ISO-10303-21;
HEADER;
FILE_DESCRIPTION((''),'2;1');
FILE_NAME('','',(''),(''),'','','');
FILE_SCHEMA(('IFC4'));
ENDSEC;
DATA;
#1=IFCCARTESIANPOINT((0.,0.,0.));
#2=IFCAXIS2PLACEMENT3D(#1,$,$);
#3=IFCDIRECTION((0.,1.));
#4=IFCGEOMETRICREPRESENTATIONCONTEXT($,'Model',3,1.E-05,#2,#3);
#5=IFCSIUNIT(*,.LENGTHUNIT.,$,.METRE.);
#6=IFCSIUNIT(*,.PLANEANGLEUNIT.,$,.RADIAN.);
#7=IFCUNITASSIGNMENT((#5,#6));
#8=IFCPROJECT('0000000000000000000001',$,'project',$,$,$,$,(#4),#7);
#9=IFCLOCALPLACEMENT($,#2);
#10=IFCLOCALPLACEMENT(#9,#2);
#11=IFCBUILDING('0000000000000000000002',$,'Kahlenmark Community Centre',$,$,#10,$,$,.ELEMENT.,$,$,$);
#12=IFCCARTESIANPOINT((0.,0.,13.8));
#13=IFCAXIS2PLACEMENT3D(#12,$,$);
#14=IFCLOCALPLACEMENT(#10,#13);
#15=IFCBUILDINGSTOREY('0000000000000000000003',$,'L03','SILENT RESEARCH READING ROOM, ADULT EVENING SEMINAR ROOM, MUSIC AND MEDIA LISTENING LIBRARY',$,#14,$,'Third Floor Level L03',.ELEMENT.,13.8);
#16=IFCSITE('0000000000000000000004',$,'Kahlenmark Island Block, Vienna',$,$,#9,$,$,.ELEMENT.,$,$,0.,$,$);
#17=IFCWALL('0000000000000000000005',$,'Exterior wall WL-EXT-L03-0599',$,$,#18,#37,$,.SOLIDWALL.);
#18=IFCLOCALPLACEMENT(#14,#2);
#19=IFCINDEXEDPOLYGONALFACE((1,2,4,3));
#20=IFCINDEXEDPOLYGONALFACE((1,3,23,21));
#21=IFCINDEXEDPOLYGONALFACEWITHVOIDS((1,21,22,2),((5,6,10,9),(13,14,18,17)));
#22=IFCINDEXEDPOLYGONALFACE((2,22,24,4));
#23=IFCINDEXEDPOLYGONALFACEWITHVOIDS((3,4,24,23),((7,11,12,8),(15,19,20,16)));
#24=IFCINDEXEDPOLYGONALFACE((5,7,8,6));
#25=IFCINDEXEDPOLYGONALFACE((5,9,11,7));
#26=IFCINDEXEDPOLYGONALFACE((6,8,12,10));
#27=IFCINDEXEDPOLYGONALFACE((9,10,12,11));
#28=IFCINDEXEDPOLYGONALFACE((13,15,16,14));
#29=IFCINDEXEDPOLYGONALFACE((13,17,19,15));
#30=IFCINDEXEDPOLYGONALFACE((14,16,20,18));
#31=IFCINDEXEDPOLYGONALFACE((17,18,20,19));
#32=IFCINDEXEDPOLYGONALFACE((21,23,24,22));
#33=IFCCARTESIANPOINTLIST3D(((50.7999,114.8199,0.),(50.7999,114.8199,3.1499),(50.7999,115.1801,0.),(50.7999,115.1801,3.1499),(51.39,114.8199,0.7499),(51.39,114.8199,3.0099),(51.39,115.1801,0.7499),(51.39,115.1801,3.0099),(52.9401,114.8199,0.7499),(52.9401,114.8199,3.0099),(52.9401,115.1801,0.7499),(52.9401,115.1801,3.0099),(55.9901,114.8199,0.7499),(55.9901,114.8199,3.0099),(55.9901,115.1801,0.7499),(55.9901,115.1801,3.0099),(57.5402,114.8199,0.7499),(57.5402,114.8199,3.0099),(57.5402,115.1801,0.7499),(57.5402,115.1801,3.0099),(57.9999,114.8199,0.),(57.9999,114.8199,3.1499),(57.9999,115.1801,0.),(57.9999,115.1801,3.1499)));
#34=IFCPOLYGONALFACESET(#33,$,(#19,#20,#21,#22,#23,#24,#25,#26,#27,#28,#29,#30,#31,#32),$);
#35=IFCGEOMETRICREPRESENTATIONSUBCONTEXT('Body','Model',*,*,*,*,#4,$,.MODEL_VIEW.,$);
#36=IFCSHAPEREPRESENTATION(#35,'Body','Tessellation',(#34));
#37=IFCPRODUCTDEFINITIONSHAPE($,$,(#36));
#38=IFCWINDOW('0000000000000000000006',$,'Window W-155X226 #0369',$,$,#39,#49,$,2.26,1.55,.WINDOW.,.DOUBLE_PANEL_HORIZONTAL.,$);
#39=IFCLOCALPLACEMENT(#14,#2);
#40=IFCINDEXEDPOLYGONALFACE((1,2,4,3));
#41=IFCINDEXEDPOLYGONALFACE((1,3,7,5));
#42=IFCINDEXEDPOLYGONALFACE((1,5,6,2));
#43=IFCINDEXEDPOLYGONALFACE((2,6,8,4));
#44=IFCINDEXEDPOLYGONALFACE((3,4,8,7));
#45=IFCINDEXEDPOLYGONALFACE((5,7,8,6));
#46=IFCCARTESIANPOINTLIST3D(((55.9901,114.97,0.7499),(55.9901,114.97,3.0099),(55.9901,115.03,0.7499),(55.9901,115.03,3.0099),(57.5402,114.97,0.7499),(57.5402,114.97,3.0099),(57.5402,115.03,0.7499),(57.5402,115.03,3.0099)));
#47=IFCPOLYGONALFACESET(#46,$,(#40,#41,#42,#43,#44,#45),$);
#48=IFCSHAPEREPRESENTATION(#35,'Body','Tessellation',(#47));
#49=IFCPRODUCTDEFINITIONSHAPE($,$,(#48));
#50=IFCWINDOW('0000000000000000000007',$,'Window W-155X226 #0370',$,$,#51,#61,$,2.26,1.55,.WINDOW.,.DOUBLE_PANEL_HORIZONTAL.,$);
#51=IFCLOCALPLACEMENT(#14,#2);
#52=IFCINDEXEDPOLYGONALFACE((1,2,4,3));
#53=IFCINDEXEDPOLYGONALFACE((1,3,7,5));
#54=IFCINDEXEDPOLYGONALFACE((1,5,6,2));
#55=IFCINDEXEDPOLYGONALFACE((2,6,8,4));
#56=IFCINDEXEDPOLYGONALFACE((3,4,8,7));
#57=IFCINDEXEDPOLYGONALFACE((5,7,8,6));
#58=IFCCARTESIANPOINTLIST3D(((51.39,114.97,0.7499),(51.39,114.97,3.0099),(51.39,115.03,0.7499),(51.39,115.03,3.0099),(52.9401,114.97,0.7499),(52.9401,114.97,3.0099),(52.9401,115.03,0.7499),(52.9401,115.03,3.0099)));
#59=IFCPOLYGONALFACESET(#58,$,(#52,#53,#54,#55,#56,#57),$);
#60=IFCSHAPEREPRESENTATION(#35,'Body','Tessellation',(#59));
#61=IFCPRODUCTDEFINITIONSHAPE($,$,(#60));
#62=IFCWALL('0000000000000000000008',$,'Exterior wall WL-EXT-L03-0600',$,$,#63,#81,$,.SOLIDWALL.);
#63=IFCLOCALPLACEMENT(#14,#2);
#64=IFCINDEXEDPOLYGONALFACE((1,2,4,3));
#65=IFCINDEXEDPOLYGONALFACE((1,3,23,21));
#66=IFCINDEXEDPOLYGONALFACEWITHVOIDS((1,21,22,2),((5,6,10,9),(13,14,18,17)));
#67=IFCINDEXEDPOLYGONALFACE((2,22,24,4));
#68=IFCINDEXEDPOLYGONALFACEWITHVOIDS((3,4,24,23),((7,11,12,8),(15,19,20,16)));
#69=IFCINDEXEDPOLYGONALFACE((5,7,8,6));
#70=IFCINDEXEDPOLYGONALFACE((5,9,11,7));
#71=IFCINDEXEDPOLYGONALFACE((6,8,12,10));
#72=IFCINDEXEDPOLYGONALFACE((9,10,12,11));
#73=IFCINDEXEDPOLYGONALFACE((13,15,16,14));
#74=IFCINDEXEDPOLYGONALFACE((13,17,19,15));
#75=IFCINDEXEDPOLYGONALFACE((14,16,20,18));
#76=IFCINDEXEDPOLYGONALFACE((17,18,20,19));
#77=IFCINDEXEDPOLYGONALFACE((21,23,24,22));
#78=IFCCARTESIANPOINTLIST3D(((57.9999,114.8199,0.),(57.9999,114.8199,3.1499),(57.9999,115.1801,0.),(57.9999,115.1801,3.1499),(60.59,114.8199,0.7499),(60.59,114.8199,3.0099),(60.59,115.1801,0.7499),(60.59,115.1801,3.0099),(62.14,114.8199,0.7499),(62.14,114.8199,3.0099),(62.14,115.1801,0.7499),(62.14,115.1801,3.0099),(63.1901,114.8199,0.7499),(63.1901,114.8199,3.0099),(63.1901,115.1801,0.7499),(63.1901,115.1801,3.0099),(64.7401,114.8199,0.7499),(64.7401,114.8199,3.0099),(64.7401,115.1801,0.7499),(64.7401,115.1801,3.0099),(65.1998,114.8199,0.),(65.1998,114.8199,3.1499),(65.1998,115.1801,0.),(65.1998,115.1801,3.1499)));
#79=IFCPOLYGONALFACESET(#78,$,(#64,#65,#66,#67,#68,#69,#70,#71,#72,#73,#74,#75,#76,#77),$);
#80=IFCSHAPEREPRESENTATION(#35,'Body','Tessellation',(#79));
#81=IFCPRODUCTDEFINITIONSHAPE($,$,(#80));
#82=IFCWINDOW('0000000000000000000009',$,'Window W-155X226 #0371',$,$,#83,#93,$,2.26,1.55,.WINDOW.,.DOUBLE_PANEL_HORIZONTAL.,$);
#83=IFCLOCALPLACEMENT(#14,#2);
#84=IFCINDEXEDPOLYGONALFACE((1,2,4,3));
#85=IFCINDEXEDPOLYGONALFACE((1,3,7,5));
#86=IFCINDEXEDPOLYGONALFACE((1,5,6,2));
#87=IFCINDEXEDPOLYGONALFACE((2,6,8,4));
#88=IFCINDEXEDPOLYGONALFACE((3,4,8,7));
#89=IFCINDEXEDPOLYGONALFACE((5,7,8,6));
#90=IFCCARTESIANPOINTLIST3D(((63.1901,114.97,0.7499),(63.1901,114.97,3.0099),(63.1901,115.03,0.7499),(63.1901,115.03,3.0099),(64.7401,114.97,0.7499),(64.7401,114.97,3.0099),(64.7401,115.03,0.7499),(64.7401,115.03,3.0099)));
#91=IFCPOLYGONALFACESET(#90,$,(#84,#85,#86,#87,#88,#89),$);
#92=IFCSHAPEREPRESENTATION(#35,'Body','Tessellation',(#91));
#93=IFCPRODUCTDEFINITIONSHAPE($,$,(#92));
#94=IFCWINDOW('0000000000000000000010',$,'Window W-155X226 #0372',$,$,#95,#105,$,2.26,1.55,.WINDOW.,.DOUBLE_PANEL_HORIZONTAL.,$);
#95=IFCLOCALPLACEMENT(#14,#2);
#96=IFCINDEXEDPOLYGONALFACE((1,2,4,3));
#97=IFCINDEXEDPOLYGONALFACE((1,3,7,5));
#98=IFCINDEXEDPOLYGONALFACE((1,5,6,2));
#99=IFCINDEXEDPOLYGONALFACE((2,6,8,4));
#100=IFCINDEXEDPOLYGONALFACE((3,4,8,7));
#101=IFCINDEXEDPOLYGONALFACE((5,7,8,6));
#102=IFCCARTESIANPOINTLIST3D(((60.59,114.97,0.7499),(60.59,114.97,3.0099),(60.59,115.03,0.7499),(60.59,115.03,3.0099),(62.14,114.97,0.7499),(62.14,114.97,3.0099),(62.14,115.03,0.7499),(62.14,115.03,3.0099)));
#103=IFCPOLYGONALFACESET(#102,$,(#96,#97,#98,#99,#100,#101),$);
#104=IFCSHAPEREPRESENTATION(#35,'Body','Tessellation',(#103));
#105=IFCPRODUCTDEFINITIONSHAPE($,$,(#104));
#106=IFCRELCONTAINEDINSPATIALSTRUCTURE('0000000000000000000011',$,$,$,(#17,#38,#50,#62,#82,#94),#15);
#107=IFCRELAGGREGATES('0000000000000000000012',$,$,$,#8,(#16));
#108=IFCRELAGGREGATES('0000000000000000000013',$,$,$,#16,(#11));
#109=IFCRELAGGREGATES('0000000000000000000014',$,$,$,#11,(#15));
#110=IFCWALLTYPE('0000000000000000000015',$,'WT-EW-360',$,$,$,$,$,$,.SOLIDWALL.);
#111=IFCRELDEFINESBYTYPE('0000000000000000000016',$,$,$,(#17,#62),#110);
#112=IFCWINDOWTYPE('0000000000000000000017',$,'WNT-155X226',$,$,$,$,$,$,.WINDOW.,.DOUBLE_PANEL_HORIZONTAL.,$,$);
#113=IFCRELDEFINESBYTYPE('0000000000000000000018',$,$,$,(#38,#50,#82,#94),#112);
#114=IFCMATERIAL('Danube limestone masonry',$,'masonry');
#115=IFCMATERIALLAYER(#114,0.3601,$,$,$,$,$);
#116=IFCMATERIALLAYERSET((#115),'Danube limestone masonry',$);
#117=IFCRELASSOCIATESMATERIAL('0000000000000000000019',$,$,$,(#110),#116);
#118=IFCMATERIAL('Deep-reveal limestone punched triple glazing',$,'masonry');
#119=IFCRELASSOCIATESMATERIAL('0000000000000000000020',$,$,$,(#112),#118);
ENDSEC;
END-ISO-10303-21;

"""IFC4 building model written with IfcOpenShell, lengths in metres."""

from ifc_helpers import new_model, si_unit, direction, frame, frame_2d, origin, place, context, subcontext, project, spatial, rectangle, extrude, material, layer, layer_set, type_object, element, fill, save


model = new_model("IFC4")

# Units and contexts
model_context = context("Model", 3, precision=1e-05, world=origin(), true_north=direction((0.0, 1.0)))
body_context = subcontext(model_context, "Body", "Model", "MODEL_VIEW")
ifc_project = project(units=[si_unit("LENGTHUNIT", "METRE"), si_unit("PLANEANGLEUNIT", "RADIAN")], contexts=[model_context])

# Site, building, storey
site_placement = place(None, origin())
site = spatial("IfcSite", under=ifc_project, at=site_placement, Name="Kahlenmark Island Block, Vienna", CompositionType="ELEMENT", RefElevation=0.0)
building_placement = place(site_placement, origin())
building = spatial("IfcBuilding", under=site, at=building_placement, Name="Kahlenmark Community Centre", CompositionType="ELEMENT")
storey_placement = place(building_placement, frame((0.0, 0.0, 13.8)))
storey = spatial("IfcBuildingStorey", under=building, at=storey_placement, Name="L03", Description="SILENT RESEARCH READING ROOM, ADULT EVENING SEMINAR ROOM, MUSIC AND MEDIA LISTENING LIBRARY", LongName="Third Floor Level L03", CompositionType="ELEMENT", Elevation=13.8)

# Walls, openings, windows
ifc_material_1 = material(Name="Danube limestone masonry", Category="masonry")
ifc_layer = layer(ifc_material_1, 0.3601)
ifc_layer_set = layer_set([ifc_layer], Name="Danube limestone masonry")
wall_type = type_object("IfcWallType", Name="WT-EW-360", PredefinedType="SOLIDWALL", material=ifc_layer_set)
wall_1_placement = place(storey_placement, frame((58.0, 115.0, 0.0), z_axis=(0.0, 0.0, 1.0), x_axis=(-1.0, 0.0, 0.0)))
wall_1 = element("IfcWall", 1, at=wall_1_placement, inside=storey, type_object=wall_type, Name="Exterior wall WL-EXT-L03-0599", PredefinedType="SOLIDWALL", context=body_context, shape_type="SweptSolid", body=[
    extrude(rectangle(XDim=7.2, YDim=0.3601, at=frame_2d((3.6001, 0.0))), origin(), (0.0, 0.0, 1.0), 3.1499),
])
opening_1_placement = place(wall_1_placement, frame((0.46, 0.0, 0.75)))
opening_1 = element("IfcOpeningElement", 2, at=opening_1_placement, cuts=wall_1, PredefinedType="OPENING", context=body_context, shape_type="SweptSolid", body=[
    extrude(rectangle(XDim=1.55, YDim=2.26, at=frame_2d((0.7749, 1.1299))), frame((0.0, 0.1899, 0.0), z_axis=(0.0, -1.0, 0.0), x_axis=(1.0, 0.0, 0.0)), (0.0, 0.0, 1.0), 0.3801),
])
opening_2_placement = place(wall_1_placement, frame((5.0601, 0.0, 0.75)))
opening_2 = element("IfcOpeningElement", 3, at=opening_2_placement, cuts=wall_1, PredefinedType="OPENING", context=body_context, shape_type="SweptSolid", body=[
    extrude(rectangle(XDim=1.55, YDim=2.26, at=frame_2d((0.7749, 1.1299))), frame((0.0, 0.1899, 0.0), z_axis=(0.0, -1.0, 0.0), x_axis=(1.0, 0.0, 0.0)), (0.0, 0.0, 1.0), 0.3801),
])
ifc_material_2 = material(Name="Deep-reveal limestone punched triple glazing", Category="masonry")
window_type = type_object("IfcWindowType", Name="WNT-155X226", PartitioningType="DOUBLE_PANEL_HORIZONTAL", PredefinedType="WINDOW", material=ifc_material_2)
window_1_placement = place(opening_1_placement, origin())
window_1 = element("IfcWindow", 4, at=window_1_placement, inside=storey, type_object=window_type, Name="Window W-155X226 #0369", OverallHeight=2.26, OverallWidth=1.55, PartitioningType="DOUBLE_PANEL_HORIZONTAL", PredefinedType="WINDOW", context=body_context, shape_type="SweptSolid", body=[
    extrude(rectangle(XDim=1.55, YDim=2.26, at=frame_2d((0.7749, 1.1299))), frame((0.0, 0.03, 0.0), z_axis=(0.0, -1.0, 0.0), x_axis=(1.0, 0.0, 0.0)), (0.0, 0.0, 1.0), 0.0601),
])
fill(opening_1, window_1)
window_2_placement = place(opening_2_placement, origin())
window_2 = element("IfcWindow", 5, at=window_2_placement, inside=storey, type_object=window_type, Name="Window W-155X226 #0370", OverallHeight=2.26, OverallWidth=1.55, PartitioningType="DOUBLE_PANEL_HORIZONTAL", PredefinedType="WINDOW", context=body_context, shape_type="SweptSolid", body=[
    extrude(rectangle(XDim=1.55, YDim=2.26, at=frame_2d((0.7749, 1.1299))), frame((0.0, 0.03, 0.0), z_axis=(0.0, -1.0, 0.0), x_axis=(1.0, 0.0, 0.0)), (0.0, 0.0, 1.0), 0.0601),
])
fill(opening_2, window_2)
wall_2_placement = place(storey_placement, frame((65.2, 115.0, 0.0), z_axis=(0.0, 0.0, 1.0), x_axis=(-1.0, 0.0, 0.0)))
wall_2 = element("IfcWall", 6, at=wall_2_placement, inside=storey, type_object=wall_type, Name="Exterior wall WL-EXT-L03-0600", PredefinedType="SOLIDWALL", context=body_context, shape_type="SweptSolid", body=[
    extrude(rectangle(XDim=7.2, YDim=0.3601, at=frame_2d((3.6001, 0.0))), origin(), (0.0, 0.0, 1.0), 3.1499),
])
opening_3_placement = place(wall_2_placement, frame((0.46, 0.0, 0.75)))
opening_3 = element("IfcOpeningElement", 7, at=opening_3_placement, cuts=wall_2, PredefinedType="OPENING", context=body_context, shape_type="SweptSolid", body=[
    extrude(rectangle(XDim=1.55, YDim=2.26, at=frame_2d((0.7749, 1.1299))), frame((0.0, 0.1899, 0.0), z_axis=(0.0, -1.0, 0.0), x_axis=(1.0, 0.0, 0.0)), (0.0, 0.0, 1.0), 0.3801),
])
opening_4_placement = place(wall_2_placement, frame((3.0601, 0.0, 0.75)))
opening_4 = element("IfcOpeningElement", 8, at=opening_4_placement, cuts=wall_2, PredefinedType="OPENING", context=body_context, shape_type="SweptSolid", body=[
    extrude(rectangle(XDim=1.55, YDim=2.26, at=frame_2d((0.7749, 1.1299))), frame((0.0, 0.1899, 0.0), z_axis=(0.0, -1.0, 0.0), x_axis=(1.0, 0.0, 0.0)), (0.0, 0.0, 1.0), 0.3801),
])
window_3_placement = place(opening_3_placement, origin())
window_3 = element("IfcWindow", 9, at=window_3_placement, inside=storey, type_object=window_type, Name="Window W-155X226 #0371", OverallHeight=2.26, OverallWidth=1.55, PartitioningType="DOUBLE_PANEL_HORIZONTAL", PredefinedType="WINDOW", context=body_context, shape_type="SweptSolid", body=[
    extrude(rectangle(XDim=1.55, YDim=2.26, at=frame_2d((0.7749, 1.1299))), frame((0.0, 0.03, 0.0), z_axis=(0.0, -1.0, 0.0), x_axis=(1.0, 0.0, 0.0)), (0.0, 0.0, 1.0), 0.0601),
])
fill(opening_3, window_3)
window_4_placement = place(opening_4_placement, origin())
window_4 = element("IfcWindow", 10, at=window_4_placement, inside=storey, type_object=window_type, Name="Window W-155X226 #0372", OverallHeight=2.26, OverallWidth=1.55, PartitioningType="DOUBLE_PANEL_HORIZONTAL", PredefinedType="WINDOW", context=body_context, shape_type="SweptSolid", body=[
    extrude(rectangle(XDim=1.55, YDim=2.26, at=frame_2d((0.7749, 1.1299))), frame((0.0, 0.03, 0.0), z_axis=(0.0, -1.0, 0.0), x_axis=(1.0, 0.0, 0.0)), (0.0, 0.0, 1.0), 0.0601),
])
fill(opening_4, window_4)

save(model, "model.ifc")
